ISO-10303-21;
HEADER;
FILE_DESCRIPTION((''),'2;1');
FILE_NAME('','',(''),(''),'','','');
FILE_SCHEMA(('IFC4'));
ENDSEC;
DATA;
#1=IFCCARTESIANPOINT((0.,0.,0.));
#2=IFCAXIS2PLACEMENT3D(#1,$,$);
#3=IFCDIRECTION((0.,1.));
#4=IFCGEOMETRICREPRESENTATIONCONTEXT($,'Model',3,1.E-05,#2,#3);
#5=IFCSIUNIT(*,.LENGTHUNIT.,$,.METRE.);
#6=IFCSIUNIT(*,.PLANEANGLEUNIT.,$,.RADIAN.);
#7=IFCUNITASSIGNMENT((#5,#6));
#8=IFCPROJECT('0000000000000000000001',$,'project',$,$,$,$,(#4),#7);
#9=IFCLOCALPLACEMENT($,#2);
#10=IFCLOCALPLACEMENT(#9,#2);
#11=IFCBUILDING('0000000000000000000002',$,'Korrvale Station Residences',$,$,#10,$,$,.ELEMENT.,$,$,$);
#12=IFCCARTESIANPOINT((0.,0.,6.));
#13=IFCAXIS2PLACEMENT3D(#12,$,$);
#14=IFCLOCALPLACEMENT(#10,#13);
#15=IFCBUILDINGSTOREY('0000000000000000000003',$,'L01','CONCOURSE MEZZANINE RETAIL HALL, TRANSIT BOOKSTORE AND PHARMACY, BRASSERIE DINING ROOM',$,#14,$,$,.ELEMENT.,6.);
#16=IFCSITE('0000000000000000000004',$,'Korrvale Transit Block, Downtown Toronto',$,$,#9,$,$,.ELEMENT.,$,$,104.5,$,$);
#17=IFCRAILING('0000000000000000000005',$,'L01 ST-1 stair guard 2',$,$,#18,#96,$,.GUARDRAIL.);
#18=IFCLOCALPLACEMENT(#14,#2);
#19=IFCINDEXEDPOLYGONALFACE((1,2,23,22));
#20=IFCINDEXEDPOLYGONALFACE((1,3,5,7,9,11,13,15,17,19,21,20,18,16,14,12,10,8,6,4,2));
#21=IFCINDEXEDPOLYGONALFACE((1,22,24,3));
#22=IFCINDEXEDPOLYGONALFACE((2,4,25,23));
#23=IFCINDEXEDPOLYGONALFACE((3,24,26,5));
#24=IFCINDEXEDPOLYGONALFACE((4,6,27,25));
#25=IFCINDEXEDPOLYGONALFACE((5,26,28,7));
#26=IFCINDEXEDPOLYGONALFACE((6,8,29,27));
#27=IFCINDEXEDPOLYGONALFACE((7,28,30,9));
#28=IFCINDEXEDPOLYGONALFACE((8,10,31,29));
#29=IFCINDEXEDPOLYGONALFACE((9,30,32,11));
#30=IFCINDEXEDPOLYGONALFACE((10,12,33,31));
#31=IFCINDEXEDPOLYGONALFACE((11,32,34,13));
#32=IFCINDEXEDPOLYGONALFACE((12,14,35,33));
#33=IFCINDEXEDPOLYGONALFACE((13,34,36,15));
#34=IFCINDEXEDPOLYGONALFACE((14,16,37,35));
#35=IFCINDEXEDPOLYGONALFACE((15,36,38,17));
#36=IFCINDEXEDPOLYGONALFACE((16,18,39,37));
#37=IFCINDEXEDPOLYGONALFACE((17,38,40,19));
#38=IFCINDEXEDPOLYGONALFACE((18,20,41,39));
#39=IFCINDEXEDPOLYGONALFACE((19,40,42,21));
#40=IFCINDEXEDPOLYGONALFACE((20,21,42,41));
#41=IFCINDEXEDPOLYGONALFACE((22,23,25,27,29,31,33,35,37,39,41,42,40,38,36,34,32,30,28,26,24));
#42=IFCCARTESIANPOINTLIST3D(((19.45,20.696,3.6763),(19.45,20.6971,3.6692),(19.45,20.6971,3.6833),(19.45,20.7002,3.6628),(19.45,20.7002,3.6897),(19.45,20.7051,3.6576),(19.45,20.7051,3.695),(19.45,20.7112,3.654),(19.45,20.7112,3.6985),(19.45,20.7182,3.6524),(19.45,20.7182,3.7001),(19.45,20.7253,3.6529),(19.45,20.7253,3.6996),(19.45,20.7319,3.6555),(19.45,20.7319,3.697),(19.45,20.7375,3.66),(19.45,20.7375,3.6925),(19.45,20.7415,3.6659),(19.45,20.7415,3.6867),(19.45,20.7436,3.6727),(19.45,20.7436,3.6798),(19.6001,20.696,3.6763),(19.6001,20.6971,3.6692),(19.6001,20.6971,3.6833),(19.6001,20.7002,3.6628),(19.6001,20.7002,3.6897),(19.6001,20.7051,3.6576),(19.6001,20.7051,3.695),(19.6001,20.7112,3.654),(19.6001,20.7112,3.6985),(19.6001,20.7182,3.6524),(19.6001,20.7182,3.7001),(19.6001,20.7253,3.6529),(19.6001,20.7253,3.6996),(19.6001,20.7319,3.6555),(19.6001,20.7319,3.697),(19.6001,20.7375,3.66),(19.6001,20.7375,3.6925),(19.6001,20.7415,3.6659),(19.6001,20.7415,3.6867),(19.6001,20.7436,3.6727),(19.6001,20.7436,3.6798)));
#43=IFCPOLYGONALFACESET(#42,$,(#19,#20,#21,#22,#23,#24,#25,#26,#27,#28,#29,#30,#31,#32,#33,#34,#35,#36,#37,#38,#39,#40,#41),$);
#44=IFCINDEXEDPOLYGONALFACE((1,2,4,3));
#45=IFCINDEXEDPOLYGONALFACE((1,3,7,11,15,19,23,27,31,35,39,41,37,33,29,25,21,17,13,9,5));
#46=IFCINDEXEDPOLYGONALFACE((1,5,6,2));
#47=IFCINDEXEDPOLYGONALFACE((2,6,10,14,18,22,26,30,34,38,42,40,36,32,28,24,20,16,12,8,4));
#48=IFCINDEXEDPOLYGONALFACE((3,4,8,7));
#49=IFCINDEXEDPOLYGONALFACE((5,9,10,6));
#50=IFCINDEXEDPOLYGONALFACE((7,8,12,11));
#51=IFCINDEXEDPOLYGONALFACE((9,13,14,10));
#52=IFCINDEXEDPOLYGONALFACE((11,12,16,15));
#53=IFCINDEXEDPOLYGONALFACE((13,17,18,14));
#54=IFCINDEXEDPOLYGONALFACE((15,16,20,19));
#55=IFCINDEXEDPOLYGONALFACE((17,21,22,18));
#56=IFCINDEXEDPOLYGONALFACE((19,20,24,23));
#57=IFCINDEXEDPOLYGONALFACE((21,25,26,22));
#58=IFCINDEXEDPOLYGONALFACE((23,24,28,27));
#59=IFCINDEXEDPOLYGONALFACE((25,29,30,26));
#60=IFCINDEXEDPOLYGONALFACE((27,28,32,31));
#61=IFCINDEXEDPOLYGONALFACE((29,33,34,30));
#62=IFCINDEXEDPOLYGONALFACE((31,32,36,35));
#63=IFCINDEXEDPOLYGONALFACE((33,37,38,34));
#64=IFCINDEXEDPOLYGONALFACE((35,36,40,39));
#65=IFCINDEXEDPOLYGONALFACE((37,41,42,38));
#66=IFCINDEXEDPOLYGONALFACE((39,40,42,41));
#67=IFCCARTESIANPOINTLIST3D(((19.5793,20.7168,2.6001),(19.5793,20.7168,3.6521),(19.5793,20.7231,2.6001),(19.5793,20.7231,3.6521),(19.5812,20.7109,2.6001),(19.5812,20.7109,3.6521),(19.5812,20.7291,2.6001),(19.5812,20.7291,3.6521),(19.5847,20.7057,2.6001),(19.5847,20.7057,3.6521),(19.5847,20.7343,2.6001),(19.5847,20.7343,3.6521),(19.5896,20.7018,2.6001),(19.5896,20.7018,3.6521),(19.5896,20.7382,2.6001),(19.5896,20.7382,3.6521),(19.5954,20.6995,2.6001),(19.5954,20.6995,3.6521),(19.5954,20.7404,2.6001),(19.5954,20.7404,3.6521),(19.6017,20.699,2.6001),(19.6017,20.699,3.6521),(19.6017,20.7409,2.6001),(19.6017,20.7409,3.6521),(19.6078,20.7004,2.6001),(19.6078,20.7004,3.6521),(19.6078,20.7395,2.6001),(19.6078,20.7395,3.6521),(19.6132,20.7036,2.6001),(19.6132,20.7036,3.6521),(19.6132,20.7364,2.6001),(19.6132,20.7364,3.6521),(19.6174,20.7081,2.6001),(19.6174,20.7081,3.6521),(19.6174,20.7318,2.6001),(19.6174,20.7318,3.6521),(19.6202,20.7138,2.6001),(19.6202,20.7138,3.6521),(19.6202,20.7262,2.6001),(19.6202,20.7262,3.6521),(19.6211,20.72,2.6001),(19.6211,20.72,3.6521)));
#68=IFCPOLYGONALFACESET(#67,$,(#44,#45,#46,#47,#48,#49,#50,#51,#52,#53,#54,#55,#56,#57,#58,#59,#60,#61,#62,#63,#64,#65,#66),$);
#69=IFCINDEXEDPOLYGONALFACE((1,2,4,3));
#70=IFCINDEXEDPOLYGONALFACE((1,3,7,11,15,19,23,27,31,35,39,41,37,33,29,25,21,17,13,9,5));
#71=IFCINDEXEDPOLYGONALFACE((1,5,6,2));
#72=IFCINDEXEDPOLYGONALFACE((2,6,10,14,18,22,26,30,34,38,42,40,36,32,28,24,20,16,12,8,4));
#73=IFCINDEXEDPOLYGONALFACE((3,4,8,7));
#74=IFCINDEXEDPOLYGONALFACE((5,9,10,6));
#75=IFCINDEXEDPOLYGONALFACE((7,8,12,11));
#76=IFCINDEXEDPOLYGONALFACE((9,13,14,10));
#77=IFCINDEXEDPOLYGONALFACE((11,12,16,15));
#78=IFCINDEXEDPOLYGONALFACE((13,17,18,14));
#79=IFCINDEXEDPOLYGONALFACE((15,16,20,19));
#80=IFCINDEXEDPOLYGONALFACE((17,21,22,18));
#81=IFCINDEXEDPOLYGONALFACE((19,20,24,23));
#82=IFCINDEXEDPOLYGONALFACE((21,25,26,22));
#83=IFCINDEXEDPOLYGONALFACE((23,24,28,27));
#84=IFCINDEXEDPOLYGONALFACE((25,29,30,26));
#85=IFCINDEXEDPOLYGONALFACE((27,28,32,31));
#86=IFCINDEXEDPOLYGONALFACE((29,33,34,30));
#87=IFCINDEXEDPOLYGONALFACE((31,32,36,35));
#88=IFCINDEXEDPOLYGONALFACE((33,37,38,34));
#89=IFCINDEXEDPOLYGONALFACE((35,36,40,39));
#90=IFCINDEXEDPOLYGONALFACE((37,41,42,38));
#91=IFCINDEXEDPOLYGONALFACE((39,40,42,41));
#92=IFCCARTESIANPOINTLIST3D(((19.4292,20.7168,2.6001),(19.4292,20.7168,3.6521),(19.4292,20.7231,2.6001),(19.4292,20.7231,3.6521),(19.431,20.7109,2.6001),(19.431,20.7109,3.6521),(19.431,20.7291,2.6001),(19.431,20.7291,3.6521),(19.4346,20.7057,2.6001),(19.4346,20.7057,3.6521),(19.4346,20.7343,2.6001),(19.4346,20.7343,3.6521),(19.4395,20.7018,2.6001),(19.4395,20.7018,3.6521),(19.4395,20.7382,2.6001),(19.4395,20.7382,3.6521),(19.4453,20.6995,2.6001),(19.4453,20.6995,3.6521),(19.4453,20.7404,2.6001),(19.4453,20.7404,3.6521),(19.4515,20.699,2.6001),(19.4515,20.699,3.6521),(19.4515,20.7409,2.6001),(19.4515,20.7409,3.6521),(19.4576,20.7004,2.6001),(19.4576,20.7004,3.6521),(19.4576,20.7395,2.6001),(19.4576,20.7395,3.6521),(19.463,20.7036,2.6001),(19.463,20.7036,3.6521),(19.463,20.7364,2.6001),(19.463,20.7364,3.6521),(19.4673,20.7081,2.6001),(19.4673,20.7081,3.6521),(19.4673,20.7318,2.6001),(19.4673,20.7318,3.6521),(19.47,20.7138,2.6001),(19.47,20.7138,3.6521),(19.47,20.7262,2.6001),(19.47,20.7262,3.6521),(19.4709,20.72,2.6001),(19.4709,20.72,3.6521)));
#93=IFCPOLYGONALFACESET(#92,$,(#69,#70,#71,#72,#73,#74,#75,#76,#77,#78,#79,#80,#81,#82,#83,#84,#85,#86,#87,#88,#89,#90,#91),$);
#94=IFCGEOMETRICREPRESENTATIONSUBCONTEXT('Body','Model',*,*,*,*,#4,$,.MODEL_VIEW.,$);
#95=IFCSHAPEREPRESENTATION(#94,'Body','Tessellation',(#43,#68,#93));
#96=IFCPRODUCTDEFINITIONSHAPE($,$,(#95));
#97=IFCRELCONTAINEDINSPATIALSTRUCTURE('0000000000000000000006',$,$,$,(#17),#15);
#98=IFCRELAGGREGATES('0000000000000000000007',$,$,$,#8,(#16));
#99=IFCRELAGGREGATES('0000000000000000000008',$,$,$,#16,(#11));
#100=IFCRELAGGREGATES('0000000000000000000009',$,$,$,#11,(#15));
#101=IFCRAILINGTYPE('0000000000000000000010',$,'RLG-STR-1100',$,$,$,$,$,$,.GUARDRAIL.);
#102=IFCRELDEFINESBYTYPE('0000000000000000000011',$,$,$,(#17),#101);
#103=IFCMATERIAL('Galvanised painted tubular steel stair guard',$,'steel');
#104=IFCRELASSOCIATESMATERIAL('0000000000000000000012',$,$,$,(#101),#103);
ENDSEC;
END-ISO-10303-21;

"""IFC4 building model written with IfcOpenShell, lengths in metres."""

from ifc_helpers import new_model, si_unit, direction, frame, origin, origin_2d, place, context, subcontext, project, spatial, circle, extrude, material, type_object, element, save


model = new_model("IFC4")

# Units and contexts
model_context = context("Model", 3, precision=1e-05, world=origin(), true_north=direction((0.0, 1.0)))
body_context = subcontext(model_context, "Body", "Model", "MODEL_VIEW")
ifc_project = project(units=[si_unit("LENGTHUNIT", "METRE"), si_unit("PLANEANGLEUNIT", "RADIAN")], contexts=[model_context])

# Site, building, storey
site_placement = place(None, origin())
site = spatial("IfcSite", under=ifc_project, at=site_placement, Name="Korrvale Transit Block, Downtown Toronto", CompositionType="ELEMENT", RefElevation=104.5)
building_placement = place(site_placement, origin())
building = spatial("IfcBuilding", under=site, at=building_placement, Name="Korrvale Station Residences", CompositionType="ELEMENT")
storey_placement = place(building_placement, frame((0.0, 0.0, 6.0)))
storey = spatial("IfcBuildingStorey", under=building, at=storey_placement, Name="L01", Description="CONCOURSE MEZZANINE RETAIL HALL, TRANSIT BOOKSTORE AND PHARMACY, BRASSERIE DINING ROOM", CompositionType="ELEMENT", Elevation=6.0)

# Railing
ifc_material_1 = material(Name="Galvanised painted tubular steel stair guard", Category="steel")
railing_type_1 = type_object("IfcRailingType", Name="RLG-STR-1100", PredefinedType="GUARDRAIL", material=ifc_material_1)
railing_1_placement = place(storey_placement, frame((19.6001, 20.72, 2.6001)))
element("IfcRailing", 1, at=railing_1_placement, inside=storey, type_object=railing_type_1, Name="L01 ST-1 stair guard 2", PredefinedType="GUARDRAIL", context=body_context, shape_type="SweptSolid", body=[
    extrude(circle(Radius=0.0239, at=origin_2d()), frame((0.0, 0.0, 1.0762), z_axis=(-1.0, 0.0, 0.0), x_axis=(0.0, -1.0, 0.0)), (0.0, 0.0, 1.0), 0.1501),
    extrude(circle(Radius=0.021, at=origin_2d()), origin(), (0.0, 0.0, 1.0), 1.052),
    extrude(circle(Radius=0.021, at=origin_2d()), frame((-0.1501, 0.0, 0.0)), (0.0, 0.0, 1.0), 1.052),
])

save(model, "model.ifc")
